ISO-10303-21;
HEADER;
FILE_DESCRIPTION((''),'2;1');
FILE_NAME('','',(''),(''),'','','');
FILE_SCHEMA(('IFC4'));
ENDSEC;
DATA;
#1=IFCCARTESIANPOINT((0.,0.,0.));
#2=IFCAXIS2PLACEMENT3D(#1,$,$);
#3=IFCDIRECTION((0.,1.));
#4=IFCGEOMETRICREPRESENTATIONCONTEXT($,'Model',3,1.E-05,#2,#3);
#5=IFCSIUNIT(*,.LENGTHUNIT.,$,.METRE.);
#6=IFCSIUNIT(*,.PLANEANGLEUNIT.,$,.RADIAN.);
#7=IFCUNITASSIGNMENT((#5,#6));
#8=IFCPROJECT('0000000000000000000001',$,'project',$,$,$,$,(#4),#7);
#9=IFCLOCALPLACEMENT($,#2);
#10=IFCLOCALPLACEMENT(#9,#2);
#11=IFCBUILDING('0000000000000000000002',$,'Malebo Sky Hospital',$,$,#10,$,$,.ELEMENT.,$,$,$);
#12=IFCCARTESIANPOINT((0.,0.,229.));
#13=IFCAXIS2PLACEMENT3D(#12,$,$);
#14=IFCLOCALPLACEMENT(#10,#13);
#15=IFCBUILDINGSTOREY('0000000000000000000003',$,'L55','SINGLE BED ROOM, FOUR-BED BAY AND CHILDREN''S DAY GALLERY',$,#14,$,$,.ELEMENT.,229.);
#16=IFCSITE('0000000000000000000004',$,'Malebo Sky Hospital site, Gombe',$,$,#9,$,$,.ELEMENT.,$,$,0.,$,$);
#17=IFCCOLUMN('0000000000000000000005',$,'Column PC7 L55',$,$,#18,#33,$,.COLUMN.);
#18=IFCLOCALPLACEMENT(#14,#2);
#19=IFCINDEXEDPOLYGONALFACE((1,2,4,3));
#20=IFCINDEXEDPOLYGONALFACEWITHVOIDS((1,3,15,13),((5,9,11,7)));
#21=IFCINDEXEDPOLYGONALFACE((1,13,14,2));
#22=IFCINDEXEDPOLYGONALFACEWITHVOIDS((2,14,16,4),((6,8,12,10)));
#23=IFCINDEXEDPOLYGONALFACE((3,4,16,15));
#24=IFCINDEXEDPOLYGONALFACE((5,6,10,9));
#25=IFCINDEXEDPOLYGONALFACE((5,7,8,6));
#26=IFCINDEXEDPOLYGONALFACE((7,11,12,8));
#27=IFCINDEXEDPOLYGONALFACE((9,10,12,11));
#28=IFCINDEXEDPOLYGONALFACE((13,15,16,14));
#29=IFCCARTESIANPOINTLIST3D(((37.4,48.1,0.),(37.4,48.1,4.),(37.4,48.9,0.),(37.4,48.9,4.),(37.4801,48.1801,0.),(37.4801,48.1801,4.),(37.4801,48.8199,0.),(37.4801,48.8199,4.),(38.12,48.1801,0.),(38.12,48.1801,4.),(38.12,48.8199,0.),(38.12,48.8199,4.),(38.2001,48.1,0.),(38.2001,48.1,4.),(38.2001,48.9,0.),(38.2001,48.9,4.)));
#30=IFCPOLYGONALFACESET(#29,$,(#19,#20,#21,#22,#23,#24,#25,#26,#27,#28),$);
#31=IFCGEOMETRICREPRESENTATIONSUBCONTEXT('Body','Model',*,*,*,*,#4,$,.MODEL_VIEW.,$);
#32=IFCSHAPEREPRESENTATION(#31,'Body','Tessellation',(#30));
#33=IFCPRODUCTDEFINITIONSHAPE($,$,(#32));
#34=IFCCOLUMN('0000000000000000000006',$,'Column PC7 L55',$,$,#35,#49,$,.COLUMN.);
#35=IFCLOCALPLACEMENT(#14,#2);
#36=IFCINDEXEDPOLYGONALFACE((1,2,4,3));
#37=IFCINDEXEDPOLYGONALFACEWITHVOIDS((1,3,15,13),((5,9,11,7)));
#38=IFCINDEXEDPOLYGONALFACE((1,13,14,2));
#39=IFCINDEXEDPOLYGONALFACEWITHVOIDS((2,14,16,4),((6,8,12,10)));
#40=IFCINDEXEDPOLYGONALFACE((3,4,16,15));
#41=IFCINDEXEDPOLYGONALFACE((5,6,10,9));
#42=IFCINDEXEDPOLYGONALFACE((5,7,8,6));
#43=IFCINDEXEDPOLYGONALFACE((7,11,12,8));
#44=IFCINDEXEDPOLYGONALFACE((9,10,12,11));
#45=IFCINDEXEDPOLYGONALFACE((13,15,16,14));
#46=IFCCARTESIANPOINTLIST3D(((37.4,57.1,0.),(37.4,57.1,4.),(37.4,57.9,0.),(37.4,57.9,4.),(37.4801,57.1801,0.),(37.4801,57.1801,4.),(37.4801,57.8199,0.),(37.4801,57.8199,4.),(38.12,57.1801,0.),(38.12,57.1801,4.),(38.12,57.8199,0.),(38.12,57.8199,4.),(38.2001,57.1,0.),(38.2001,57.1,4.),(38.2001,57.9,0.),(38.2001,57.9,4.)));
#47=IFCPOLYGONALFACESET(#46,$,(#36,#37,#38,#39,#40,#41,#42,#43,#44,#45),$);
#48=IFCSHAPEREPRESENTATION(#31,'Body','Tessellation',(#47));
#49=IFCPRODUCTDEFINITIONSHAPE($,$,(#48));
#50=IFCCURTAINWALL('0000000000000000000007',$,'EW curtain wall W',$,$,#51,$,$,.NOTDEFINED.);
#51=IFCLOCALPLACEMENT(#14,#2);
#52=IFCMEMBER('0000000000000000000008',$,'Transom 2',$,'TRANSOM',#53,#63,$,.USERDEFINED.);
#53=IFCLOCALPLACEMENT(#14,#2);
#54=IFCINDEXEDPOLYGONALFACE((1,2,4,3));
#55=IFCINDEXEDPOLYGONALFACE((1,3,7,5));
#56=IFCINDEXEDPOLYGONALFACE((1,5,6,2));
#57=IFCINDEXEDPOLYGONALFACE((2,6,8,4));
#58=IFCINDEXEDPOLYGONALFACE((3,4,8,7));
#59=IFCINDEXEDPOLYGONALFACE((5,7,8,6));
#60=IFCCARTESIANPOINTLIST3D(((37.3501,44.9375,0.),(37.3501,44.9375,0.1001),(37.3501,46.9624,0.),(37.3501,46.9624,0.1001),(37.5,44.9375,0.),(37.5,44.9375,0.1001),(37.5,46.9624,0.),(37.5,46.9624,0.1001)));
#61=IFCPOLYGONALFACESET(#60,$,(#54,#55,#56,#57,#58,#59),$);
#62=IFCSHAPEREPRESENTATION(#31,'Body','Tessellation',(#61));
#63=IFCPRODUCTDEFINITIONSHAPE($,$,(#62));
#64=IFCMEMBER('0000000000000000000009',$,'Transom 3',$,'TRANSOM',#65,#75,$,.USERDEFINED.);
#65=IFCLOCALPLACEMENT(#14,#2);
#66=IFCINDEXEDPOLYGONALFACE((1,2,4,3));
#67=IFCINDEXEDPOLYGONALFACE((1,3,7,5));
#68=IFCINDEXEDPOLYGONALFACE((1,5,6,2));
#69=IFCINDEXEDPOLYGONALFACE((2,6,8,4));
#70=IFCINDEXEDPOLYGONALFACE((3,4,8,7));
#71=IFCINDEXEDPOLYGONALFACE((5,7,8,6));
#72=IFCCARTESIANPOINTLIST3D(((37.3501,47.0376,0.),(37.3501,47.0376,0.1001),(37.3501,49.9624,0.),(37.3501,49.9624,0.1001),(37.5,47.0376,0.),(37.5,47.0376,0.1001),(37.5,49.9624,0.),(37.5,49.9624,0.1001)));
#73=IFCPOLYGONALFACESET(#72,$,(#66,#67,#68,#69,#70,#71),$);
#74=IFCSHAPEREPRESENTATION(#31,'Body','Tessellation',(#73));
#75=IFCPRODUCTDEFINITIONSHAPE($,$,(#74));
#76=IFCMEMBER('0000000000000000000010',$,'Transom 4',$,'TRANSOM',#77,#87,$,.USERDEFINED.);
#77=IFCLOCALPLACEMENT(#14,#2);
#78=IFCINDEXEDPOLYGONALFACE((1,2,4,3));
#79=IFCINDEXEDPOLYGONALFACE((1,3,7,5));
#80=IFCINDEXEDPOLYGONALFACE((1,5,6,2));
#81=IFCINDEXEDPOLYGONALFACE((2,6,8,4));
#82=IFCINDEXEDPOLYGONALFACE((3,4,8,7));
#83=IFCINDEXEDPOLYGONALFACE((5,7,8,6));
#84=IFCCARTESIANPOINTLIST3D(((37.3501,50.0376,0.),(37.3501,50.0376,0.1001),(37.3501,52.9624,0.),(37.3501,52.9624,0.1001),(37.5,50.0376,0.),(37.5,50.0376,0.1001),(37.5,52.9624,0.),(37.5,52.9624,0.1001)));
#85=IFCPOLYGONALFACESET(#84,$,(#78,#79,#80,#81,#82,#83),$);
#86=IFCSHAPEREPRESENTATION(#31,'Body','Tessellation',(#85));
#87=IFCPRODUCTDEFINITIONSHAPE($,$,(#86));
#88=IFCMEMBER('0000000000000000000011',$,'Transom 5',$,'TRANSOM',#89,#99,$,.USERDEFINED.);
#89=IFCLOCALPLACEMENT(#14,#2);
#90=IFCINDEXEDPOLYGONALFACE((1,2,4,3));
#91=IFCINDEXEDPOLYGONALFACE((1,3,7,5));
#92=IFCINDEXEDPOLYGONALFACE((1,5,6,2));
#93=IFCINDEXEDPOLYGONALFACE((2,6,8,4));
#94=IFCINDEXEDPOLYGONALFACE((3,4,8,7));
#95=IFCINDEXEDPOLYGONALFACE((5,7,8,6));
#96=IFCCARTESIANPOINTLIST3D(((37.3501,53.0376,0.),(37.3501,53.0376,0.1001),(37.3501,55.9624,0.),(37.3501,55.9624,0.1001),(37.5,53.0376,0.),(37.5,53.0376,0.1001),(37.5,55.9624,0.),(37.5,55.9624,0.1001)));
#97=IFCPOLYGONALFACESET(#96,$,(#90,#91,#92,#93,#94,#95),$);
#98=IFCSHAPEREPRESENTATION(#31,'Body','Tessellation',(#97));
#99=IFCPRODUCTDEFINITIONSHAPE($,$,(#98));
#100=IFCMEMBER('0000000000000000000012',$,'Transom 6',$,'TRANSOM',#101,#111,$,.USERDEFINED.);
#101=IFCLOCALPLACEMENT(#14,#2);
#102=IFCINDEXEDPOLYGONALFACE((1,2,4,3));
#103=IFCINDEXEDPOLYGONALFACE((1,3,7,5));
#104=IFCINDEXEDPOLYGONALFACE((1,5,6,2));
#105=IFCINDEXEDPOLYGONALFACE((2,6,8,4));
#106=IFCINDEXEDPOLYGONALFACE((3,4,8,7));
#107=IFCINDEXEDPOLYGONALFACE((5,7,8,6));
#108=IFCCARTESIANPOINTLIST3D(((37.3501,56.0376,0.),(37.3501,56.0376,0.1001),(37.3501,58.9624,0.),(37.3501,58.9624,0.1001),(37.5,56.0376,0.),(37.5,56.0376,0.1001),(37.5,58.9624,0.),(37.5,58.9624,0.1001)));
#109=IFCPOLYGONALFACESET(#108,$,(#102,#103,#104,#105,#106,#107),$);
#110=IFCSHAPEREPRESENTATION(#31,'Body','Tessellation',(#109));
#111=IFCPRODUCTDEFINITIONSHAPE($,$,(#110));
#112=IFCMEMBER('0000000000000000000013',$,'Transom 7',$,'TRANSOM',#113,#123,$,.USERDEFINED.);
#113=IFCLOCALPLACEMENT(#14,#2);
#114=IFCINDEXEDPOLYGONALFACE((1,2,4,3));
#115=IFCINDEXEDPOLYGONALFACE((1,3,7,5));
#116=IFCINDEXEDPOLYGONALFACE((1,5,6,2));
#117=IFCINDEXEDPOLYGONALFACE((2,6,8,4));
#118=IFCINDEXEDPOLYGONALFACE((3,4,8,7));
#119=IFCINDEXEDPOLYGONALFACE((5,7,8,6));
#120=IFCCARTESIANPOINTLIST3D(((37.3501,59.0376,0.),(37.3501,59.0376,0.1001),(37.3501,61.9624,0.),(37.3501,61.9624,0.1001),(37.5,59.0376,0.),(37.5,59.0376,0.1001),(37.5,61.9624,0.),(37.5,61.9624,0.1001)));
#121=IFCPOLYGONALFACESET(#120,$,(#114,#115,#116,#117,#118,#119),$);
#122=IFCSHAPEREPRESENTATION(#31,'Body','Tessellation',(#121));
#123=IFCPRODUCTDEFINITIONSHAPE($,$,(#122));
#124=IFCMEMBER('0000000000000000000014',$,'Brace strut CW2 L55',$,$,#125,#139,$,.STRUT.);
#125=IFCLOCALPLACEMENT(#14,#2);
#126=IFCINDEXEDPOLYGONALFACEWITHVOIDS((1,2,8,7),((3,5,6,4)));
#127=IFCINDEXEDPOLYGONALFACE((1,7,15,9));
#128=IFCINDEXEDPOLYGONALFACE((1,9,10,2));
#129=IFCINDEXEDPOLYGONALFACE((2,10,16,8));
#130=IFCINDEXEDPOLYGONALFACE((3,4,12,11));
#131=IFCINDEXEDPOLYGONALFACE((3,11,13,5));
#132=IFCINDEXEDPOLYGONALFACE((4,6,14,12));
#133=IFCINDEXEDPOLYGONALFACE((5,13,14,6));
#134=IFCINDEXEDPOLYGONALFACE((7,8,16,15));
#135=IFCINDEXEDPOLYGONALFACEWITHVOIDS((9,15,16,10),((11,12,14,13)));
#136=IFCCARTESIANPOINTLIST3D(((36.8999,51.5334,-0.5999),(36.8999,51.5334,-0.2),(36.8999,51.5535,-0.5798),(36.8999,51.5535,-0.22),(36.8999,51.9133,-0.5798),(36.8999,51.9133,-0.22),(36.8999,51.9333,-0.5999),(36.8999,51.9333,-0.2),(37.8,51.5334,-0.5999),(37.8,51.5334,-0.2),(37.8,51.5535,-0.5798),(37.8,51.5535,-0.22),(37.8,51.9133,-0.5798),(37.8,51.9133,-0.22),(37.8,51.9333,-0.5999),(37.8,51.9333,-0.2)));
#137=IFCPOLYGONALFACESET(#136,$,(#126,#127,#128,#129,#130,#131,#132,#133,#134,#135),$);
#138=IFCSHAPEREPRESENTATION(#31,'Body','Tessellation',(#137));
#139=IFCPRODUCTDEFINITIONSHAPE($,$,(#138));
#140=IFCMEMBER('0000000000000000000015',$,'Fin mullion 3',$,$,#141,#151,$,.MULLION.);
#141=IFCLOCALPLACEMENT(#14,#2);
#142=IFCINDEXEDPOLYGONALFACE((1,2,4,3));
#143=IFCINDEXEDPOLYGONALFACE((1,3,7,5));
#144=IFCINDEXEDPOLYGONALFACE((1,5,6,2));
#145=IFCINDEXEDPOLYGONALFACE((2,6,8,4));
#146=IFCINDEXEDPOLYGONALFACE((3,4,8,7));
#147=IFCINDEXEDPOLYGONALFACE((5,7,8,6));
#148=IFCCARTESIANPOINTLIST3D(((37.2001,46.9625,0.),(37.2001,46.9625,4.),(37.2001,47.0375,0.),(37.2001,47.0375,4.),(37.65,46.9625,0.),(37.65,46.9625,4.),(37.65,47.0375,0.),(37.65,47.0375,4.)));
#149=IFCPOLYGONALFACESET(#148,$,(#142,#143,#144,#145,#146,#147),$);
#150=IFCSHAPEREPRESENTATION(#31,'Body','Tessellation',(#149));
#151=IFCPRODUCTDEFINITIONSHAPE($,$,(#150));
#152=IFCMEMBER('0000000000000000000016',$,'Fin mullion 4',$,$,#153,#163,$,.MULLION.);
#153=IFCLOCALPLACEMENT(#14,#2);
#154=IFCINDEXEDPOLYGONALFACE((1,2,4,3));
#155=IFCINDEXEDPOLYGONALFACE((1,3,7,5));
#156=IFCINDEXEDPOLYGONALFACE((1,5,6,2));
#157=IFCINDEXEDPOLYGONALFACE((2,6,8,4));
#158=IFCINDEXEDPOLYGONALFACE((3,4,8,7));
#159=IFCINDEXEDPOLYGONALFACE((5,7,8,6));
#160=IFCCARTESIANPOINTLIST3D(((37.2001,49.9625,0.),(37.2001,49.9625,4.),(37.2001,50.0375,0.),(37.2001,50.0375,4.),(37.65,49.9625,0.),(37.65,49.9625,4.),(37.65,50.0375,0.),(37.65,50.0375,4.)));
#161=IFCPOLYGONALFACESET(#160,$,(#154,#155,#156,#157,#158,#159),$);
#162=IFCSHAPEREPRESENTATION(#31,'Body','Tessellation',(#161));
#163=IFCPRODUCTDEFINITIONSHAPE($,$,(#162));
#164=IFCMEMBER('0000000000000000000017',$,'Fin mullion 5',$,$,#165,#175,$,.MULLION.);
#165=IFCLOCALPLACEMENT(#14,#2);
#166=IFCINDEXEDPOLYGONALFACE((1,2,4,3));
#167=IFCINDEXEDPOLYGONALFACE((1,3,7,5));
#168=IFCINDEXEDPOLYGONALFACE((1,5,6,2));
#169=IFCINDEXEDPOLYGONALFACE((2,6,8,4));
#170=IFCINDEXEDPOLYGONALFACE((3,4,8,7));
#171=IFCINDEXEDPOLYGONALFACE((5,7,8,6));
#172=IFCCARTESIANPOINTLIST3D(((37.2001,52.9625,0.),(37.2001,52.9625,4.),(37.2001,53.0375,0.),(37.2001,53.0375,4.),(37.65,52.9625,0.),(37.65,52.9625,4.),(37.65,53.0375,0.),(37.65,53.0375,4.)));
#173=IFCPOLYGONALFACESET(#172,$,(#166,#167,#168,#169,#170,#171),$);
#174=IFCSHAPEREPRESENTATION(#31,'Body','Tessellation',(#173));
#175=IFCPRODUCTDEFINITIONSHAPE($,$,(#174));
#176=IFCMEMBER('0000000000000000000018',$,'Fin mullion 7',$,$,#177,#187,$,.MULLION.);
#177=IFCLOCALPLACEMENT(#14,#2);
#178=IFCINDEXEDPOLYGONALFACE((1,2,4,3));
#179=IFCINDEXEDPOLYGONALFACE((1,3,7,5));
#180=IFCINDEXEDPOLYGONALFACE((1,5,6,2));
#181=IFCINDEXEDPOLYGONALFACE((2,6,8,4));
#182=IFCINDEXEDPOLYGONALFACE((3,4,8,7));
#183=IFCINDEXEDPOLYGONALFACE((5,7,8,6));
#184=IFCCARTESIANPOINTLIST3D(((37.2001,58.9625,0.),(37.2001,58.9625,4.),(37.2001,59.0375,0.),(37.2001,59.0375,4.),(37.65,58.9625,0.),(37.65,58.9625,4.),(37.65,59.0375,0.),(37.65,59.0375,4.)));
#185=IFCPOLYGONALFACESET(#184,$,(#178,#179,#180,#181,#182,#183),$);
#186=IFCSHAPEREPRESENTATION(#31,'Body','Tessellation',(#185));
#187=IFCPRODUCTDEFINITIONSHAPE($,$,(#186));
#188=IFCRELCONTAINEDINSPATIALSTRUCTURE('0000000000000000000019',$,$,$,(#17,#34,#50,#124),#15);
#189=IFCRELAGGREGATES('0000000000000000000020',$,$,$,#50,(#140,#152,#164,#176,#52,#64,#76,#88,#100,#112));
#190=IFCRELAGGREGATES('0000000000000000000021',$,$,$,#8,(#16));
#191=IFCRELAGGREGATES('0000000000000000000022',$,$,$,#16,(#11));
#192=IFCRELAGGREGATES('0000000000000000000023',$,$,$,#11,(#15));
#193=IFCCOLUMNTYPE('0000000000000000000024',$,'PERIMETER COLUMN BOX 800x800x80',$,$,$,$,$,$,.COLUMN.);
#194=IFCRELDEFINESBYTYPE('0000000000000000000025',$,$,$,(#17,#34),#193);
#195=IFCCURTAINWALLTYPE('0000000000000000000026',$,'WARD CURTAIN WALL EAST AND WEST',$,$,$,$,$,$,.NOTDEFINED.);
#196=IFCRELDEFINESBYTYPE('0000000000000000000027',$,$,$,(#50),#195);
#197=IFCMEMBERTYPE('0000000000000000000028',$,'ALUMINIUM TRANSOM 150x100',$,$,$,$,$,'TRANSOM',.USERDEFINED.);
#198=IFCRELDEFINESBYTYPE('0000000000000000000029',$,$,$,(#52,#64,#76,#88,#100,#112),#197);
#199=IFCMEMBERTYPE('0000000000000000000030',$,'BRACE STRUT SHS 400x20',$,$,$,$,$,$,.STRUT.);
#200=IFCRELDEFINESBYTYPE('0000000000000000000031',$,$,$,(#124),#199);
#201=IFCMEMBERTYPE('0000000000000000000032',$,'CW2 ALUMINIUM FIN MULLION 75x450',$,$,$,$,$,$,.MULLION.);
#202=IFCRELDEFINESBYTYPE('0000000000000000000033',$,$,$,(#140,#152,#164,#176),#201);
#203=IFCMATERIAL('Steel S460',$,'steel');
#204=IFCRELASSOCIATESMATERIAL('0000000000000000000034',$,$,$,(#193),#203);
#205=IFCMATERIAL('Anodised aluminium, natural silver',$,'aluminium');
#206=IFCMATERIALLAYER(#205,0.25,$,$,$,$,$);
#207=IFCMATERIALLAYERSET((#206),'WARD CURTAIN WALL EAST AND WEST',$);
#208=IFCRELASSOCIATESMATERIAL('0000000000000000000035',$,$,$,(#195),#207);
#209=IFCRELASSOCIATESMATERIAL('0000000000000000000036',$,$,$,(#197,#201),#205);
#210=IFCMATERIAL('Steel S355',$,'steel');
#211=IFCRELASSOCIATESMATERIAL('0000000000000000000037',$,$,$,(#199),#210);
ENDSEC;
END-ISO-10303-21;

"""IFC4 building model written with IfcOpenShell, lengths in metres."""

from ifc_helpers import new_model, si_unit, direction, frame, origin, origin_2d, place, context, subcontext, project, spatial, rectangle, hollow_rectangle, extrude, material, layer, layer_set, material_profile, profile_set, type_object, element, aggregate, save


model = new_model("IFC4")

# Units and contexts
model_context = context("Model", 3, precision=1e-05, world=origin(), true_north=direction((0.0, 1.0)))
body_context = subcontext(model_context, "Body", "Model", "MODEL_VIEW")
ifc_project = project(units=[si_unit("LENGTHUNIT", "METRE"), si_unit("PLANEANGLEUNIT", "RADIAN")], contexts=[model_context])

# Site, building, storey
site_placement = place(None, origin())
site = spatial("IfcSite", under=ifc_project, at=site_placement, Name="Malebo Sky Hospital site, Gombe", CompositionType="ELEMENT", RefElevation=0.0)
building_placement = place(site_placement, origin())
building = spatial("IfcBuilding", under=site, at=building_placement, Name="Malebo Sky Hospital", CompositionType="ELEMENT")
storey_placement = place(building_placement, frame((0.0, 0.0, 229.0)))
storey = spatial("IfcBuildingStorey", under=building, at=storey_placement, Name="L55", Description="SINGLE BED ROOM, FOUR-BED BAY AND CHILDREN'S DAY GALLERY", CompositionType="ELEMENT", Elevation=229.0)

# Columns
ifc_material_1 = material(Name="Steel S460", Category="steel")
ifc_material_profile_1 = material_profile(ifc_material_1, hollow_rectangle(XDim=0.8, YDim=0.8, WallThickness=0.0801, at=origin_2d()), Name="BOX 800x800x80")
ifc_profile_set_1 = profile_set([ifc_material_profile_1], Name="Steel S460")
column_type = type_object("IfcColumnType", Name="PERIMETER COLUMN BOX 800x800x80", PredefinedType="COLUMN", material=ifc_profile_set_1)
for number, where, z_axis, x_axis, name in (
    (1, (37.8, 48.5, 0.0), (0.0, 0.0, 1.0), (1.0, 0.0, 0.0), "Column PC7 L55"),
    (2, (37.8, 57.5, 0.0), (0.0, 0.0, 1.0), (1.0, 0.0, 0.0), "Column PC7 L55"),
):
    element("IfcColumn", number, at=place(storey_placement, frame(where, z_axis=z_axis, x_axis=x_axis)), inside=storey, type_object=column_type, Name=name, PredefinedType="COLUMN", context=body_context, shape_type="SweptSolid", body=[
        extrude(hollow_rectangle(XDim=0.8, YDim=0.8, WallThickness=0.0801, at=origin_2d()), origin(), (0.0, 0.0, 1.0), 4.0),
    ])

# Curtain wall, members
ifc_material_2 = material(Name="Anodised aluminium, natural silver", Category="aluminium")
ifc_layer_1 = layer(ifc_material_2, 0.25)
ifc_layer_set_1 = layer_set([ifc_layer_1], Name="WARD CURTAIN WALL EAST AND WEST")
curtain_wall_type = type_object("IfcCurtainWallType", Name="WARD CURTAIN WALL EAST AND WEST", PredefinedType="NOTDEFINED", material=ifc_layer_set_1)
curtain_wall_placement = place(storey_placement, origin())
curtain_wall = element("IfcCurtainWall", 3, at=curtain_wall_placement, inside=storey, type_object=curtain_wall_type, Name="EW curtain wall W", PredefinedType="NOTDEFINED")
ifc_material_profile_2 = material_profile(ifc_material_2, rectangle(XDim=0.1499, YDim=0.1001, at=origin_2d()), Name="ALUMINIUM TRANSOM 150x100")
ifc_profile_set_2 = profile_set([ifc_material_profile_2], Name="Anodised aluminium, natural silver")
member_type_1 = type_object("IfcMemberType", Name="ALUMINIUM TRANSOM 150x100", ElementType="TRANSOM", PredefinedType="USERDEFINED", material=ifc_profile_set_2)
member_1_placement = place(storey_placement, frame((37.425, 44.9375, 0.05), z_axis=(0.0, 1.0, 0.0), x_axis=(-1.0, 0.0, 0.0)))
member_1 = element("IfcMember", 4, at=member_1_placement, type_object=member_type_1, Name="Transom 2", ObjectType="TRANSOM", PredefinedType="USERDEFINED", context=body_context, shape_type="SweptSolid", body=[
    extrude(rectangle(XDim=0.1499, YDim=0.1001, at=origin_2d()), origin(), (0.0, 0.0, 1.0), 2.0249),
])
member_2_placement = place(storey_placement, frame((37.425, 47.0376, 0.05), z_axis=(0.0, 1.0, 0.0), x_axis=(-1.0, 0.0, 0.0)))
member_2 = element("IfcMember", 5, at=member_2_placement, type_object=member_type_1, Name="Transom 3", ObjectType="TRANSOM", PredefinedType="USERDEFINED", context=body_context, shape_type="SweptSolid", body=[
    extrude(rectangle(XDim=0.1499, YDim=0.1001, at=origin_2d()), origin(), (0.0, 0.0, 1.0), 2.9248),
])
member_3_placement = place(storey_placement, frame((37.425, 50.0376, 0.05), z_axis=(0.0, 1.0, 0.0), x_axis=(-1.0, 0.0, 0.0)))
member_3 = element("IfcMember", 6, at=member_3_placement, type_object=member_type_1, Name="Transom 4", ObjectType="TRANSOM", PredefinedType="USERDEFINED", context=body_context, shape_type="SweptSolid", body=[
    extrude(rectangle(XDim=0.1499, YDim=0.1001, at=origin_2d()), origin(), (0.0, 0.0, 1.0), 2.9248),
])
member_4_placement = place(storey_placement, frame((37.425, 53.0376, 0.05), z_axis=(0.0, 1.0, 0.0), x_axis=(-1.0, 0.0, 0.0)))
member_4 = element("IfcMember", 7, at=member_4_placement, type_object=member_type_1, Name="Transom 5", ObjectType="TRANSOM", PredefinedType="USERDEFINED", context=body_context, shape_type="SweptSolid", body=[
    extrude(rectangle(XDim=0.1499, YDim=0.1001, at=origin_2d()), origin(), (0.0, 0.0, 1.0), 2.9248),
])
member_5_placement = place(storey_placement, frame((37.425, 56.0376, 0.05), z_axis=(0.0, 1.0, 0.0), x_axis=(-1.0, 0.0, 0.0)))
member_5 = element("IfcMember", 8, at=member_5_placement, type_object=member_type_1, Name="Transom 6", ObjectType="TRANSOM", PredefinedType="USERDEFINED", context=body_context, shape_type="SweptSolid", body=[
    extrude(rectangle(XDim=0.1499, YDim=0.1001, at=origin_2d()), origin(), (0.0, 0.0, 1.0), 2.9248),
])
member_6_placement = place(storey_placement, frame((37.425, 59.0376, 0.05), z_axis=(0.0, 1.0, 0.0), x_axis=(-1.0, 0.0, 0.0)))
member_6 = element("IfcMember", 9, at=member_6_placement, type_object=member_type_1, Name="Transom 7", ObjectType="TRANSOM", PredefinedType="USERDEFINED", context=body_context, shape_type="SweptSolid", body=[
    extrude(rectangle(XDim=0.1499, YDim=0.1001, at=origin_2d()), origin(), (0.0, 0.0, 1.0), 2.9248),
])

# Members
ifc_material_3 = material(Name="Steel S355", Category="steel")
ifc_material_profile_3 = material_profile(ifc_material_3, hollow_rectangle(XDim=0.3999, YDim=0.3999, WallThickness=0.02, at=origin_2d()), Name="SHS 400x20")
ifc_profile_set_3 = profile_set([ifc_material_profile_3], Name="Steel S355")
member_type_2 = type_object("IfcMemberType", Name="BRACE STRUT SHS 400x20", PredefinedType="STRUT", material=ifc_profile_set_3)
member_7_placement = place(storey_placement, frame((36.8999, 51.7334, -0.3999), z_axis=(1.0, 0.0, 0.0), x_axis=(0.0, 1.0, 0.0)))
element("IfcMember", 10, at=member_7_placement, inside=storey, type_object=member_type_2, Name="Brace strut CW2 L55", PredefinedType="STRUT", context=body_context, shape_type="SweptSolid", body=[
    extrude(hollow_rectangle(XDim=0.3999, YDim=0.3999, WallThickness=0.02, at=origin_2d()), origin(), (0.0, 0.0, 1.0), 0.9001),
])
ifc_material_profile_4 = material_profile(ifc_material_2, rectangle(XDim=0.075, YDim=0.45, at=origin_2d()), Name="CW2 ALUMINIUM FIN MULLION 75x450")
ifc_profile_set_4 = profile_set([ifc_material_profile_4], Name="Anodised aluminium, natural silver")
member_type_3 = type_object("IfcMemberType", Name="CW2 ALUMINIUM FIN MULLION 75x450", PredefinedType="MULLION", material=ifc_profile_set_4)
member_8_placement = place(storey_placement, frame((37.425, 47.0, 0.0), z_axis=(0.0, 0.0, 1.0), x_axis=(0.0, 1.0, 0.0)))
member_8 = element("IfcMember", 11, at=member_8_placement, type_object=member_type_3, Name="Fin mullion 3", PredefinedType="MULLION", context=body_context, shape_type="SweptSolid", body=[
    extrude(rectangle(XDim=0.075, YDim=0.45, at=origin_2d()), origin(), (0.0, 0.0, 1.0), 4.0),
])
member_9_placement = place(storey_placement, frame((37.425, 50.0, 0.0), z_axis=(0.0, 0.0, 1.0), x_axis=(0.0, 1.0, 0.0)))
member_9 = element("IfcMember", 12, at=member_9_placement, type_object=member_type_3, Name="Fin mullion 4", PredefinedType="MULLION", context=body_context, shape_type="SweptSolid", body=[
    extrude(rectangle(XDim=0.075, YDim=0.45, at=origin_2d()), origin(), (0.0, 0.0, 1.0), 4.0),
])
member_10_placement = place(storey_placement, frame((37.425, 53.0, 0.0), z_axis=(0.0, 0.0, 1.0), x_axis=(0.0, 1.0, 0.0)))
member_10 = element("IfcMember", 13, at=member_10_placement, type_object=member_type_3, Name="Fin mullion 5", PredefinedType="MULLION", context=body_context, shape_type="SweptSolid", body=[
    extrude(rectangle(XDim=0.075, YDim=0.45, at=origin_2d()), origin(), (0.0, 0.0, 1.0), 4.0),
])
member_11_placement = place(storey_placement, frame((37.425, 59.0, 0.0), z_axis=(0.0, 0.0, 1.0), x_axis=(0.0, 1.0, 0.0)))
member_11 = element("IfcMember", 14, at=member_11_placement, type_object=member_type_3, Name="Fin mullion 7", PredefinedType="MULLION", context=body_context, shape_type="SweptSolid", body=[
    extrude(rectangle(XDim=0.075, YDim=0.45, at=origin_2d()), origin(), (0.0, 0.0, 1.0), 4.0),
])

aggregate(curtain_wall, [member_8, member_9, member_10, member_11, member_1, member_2, member_3, member_4, member_5, member_6])

save(model, "model.ifc")
